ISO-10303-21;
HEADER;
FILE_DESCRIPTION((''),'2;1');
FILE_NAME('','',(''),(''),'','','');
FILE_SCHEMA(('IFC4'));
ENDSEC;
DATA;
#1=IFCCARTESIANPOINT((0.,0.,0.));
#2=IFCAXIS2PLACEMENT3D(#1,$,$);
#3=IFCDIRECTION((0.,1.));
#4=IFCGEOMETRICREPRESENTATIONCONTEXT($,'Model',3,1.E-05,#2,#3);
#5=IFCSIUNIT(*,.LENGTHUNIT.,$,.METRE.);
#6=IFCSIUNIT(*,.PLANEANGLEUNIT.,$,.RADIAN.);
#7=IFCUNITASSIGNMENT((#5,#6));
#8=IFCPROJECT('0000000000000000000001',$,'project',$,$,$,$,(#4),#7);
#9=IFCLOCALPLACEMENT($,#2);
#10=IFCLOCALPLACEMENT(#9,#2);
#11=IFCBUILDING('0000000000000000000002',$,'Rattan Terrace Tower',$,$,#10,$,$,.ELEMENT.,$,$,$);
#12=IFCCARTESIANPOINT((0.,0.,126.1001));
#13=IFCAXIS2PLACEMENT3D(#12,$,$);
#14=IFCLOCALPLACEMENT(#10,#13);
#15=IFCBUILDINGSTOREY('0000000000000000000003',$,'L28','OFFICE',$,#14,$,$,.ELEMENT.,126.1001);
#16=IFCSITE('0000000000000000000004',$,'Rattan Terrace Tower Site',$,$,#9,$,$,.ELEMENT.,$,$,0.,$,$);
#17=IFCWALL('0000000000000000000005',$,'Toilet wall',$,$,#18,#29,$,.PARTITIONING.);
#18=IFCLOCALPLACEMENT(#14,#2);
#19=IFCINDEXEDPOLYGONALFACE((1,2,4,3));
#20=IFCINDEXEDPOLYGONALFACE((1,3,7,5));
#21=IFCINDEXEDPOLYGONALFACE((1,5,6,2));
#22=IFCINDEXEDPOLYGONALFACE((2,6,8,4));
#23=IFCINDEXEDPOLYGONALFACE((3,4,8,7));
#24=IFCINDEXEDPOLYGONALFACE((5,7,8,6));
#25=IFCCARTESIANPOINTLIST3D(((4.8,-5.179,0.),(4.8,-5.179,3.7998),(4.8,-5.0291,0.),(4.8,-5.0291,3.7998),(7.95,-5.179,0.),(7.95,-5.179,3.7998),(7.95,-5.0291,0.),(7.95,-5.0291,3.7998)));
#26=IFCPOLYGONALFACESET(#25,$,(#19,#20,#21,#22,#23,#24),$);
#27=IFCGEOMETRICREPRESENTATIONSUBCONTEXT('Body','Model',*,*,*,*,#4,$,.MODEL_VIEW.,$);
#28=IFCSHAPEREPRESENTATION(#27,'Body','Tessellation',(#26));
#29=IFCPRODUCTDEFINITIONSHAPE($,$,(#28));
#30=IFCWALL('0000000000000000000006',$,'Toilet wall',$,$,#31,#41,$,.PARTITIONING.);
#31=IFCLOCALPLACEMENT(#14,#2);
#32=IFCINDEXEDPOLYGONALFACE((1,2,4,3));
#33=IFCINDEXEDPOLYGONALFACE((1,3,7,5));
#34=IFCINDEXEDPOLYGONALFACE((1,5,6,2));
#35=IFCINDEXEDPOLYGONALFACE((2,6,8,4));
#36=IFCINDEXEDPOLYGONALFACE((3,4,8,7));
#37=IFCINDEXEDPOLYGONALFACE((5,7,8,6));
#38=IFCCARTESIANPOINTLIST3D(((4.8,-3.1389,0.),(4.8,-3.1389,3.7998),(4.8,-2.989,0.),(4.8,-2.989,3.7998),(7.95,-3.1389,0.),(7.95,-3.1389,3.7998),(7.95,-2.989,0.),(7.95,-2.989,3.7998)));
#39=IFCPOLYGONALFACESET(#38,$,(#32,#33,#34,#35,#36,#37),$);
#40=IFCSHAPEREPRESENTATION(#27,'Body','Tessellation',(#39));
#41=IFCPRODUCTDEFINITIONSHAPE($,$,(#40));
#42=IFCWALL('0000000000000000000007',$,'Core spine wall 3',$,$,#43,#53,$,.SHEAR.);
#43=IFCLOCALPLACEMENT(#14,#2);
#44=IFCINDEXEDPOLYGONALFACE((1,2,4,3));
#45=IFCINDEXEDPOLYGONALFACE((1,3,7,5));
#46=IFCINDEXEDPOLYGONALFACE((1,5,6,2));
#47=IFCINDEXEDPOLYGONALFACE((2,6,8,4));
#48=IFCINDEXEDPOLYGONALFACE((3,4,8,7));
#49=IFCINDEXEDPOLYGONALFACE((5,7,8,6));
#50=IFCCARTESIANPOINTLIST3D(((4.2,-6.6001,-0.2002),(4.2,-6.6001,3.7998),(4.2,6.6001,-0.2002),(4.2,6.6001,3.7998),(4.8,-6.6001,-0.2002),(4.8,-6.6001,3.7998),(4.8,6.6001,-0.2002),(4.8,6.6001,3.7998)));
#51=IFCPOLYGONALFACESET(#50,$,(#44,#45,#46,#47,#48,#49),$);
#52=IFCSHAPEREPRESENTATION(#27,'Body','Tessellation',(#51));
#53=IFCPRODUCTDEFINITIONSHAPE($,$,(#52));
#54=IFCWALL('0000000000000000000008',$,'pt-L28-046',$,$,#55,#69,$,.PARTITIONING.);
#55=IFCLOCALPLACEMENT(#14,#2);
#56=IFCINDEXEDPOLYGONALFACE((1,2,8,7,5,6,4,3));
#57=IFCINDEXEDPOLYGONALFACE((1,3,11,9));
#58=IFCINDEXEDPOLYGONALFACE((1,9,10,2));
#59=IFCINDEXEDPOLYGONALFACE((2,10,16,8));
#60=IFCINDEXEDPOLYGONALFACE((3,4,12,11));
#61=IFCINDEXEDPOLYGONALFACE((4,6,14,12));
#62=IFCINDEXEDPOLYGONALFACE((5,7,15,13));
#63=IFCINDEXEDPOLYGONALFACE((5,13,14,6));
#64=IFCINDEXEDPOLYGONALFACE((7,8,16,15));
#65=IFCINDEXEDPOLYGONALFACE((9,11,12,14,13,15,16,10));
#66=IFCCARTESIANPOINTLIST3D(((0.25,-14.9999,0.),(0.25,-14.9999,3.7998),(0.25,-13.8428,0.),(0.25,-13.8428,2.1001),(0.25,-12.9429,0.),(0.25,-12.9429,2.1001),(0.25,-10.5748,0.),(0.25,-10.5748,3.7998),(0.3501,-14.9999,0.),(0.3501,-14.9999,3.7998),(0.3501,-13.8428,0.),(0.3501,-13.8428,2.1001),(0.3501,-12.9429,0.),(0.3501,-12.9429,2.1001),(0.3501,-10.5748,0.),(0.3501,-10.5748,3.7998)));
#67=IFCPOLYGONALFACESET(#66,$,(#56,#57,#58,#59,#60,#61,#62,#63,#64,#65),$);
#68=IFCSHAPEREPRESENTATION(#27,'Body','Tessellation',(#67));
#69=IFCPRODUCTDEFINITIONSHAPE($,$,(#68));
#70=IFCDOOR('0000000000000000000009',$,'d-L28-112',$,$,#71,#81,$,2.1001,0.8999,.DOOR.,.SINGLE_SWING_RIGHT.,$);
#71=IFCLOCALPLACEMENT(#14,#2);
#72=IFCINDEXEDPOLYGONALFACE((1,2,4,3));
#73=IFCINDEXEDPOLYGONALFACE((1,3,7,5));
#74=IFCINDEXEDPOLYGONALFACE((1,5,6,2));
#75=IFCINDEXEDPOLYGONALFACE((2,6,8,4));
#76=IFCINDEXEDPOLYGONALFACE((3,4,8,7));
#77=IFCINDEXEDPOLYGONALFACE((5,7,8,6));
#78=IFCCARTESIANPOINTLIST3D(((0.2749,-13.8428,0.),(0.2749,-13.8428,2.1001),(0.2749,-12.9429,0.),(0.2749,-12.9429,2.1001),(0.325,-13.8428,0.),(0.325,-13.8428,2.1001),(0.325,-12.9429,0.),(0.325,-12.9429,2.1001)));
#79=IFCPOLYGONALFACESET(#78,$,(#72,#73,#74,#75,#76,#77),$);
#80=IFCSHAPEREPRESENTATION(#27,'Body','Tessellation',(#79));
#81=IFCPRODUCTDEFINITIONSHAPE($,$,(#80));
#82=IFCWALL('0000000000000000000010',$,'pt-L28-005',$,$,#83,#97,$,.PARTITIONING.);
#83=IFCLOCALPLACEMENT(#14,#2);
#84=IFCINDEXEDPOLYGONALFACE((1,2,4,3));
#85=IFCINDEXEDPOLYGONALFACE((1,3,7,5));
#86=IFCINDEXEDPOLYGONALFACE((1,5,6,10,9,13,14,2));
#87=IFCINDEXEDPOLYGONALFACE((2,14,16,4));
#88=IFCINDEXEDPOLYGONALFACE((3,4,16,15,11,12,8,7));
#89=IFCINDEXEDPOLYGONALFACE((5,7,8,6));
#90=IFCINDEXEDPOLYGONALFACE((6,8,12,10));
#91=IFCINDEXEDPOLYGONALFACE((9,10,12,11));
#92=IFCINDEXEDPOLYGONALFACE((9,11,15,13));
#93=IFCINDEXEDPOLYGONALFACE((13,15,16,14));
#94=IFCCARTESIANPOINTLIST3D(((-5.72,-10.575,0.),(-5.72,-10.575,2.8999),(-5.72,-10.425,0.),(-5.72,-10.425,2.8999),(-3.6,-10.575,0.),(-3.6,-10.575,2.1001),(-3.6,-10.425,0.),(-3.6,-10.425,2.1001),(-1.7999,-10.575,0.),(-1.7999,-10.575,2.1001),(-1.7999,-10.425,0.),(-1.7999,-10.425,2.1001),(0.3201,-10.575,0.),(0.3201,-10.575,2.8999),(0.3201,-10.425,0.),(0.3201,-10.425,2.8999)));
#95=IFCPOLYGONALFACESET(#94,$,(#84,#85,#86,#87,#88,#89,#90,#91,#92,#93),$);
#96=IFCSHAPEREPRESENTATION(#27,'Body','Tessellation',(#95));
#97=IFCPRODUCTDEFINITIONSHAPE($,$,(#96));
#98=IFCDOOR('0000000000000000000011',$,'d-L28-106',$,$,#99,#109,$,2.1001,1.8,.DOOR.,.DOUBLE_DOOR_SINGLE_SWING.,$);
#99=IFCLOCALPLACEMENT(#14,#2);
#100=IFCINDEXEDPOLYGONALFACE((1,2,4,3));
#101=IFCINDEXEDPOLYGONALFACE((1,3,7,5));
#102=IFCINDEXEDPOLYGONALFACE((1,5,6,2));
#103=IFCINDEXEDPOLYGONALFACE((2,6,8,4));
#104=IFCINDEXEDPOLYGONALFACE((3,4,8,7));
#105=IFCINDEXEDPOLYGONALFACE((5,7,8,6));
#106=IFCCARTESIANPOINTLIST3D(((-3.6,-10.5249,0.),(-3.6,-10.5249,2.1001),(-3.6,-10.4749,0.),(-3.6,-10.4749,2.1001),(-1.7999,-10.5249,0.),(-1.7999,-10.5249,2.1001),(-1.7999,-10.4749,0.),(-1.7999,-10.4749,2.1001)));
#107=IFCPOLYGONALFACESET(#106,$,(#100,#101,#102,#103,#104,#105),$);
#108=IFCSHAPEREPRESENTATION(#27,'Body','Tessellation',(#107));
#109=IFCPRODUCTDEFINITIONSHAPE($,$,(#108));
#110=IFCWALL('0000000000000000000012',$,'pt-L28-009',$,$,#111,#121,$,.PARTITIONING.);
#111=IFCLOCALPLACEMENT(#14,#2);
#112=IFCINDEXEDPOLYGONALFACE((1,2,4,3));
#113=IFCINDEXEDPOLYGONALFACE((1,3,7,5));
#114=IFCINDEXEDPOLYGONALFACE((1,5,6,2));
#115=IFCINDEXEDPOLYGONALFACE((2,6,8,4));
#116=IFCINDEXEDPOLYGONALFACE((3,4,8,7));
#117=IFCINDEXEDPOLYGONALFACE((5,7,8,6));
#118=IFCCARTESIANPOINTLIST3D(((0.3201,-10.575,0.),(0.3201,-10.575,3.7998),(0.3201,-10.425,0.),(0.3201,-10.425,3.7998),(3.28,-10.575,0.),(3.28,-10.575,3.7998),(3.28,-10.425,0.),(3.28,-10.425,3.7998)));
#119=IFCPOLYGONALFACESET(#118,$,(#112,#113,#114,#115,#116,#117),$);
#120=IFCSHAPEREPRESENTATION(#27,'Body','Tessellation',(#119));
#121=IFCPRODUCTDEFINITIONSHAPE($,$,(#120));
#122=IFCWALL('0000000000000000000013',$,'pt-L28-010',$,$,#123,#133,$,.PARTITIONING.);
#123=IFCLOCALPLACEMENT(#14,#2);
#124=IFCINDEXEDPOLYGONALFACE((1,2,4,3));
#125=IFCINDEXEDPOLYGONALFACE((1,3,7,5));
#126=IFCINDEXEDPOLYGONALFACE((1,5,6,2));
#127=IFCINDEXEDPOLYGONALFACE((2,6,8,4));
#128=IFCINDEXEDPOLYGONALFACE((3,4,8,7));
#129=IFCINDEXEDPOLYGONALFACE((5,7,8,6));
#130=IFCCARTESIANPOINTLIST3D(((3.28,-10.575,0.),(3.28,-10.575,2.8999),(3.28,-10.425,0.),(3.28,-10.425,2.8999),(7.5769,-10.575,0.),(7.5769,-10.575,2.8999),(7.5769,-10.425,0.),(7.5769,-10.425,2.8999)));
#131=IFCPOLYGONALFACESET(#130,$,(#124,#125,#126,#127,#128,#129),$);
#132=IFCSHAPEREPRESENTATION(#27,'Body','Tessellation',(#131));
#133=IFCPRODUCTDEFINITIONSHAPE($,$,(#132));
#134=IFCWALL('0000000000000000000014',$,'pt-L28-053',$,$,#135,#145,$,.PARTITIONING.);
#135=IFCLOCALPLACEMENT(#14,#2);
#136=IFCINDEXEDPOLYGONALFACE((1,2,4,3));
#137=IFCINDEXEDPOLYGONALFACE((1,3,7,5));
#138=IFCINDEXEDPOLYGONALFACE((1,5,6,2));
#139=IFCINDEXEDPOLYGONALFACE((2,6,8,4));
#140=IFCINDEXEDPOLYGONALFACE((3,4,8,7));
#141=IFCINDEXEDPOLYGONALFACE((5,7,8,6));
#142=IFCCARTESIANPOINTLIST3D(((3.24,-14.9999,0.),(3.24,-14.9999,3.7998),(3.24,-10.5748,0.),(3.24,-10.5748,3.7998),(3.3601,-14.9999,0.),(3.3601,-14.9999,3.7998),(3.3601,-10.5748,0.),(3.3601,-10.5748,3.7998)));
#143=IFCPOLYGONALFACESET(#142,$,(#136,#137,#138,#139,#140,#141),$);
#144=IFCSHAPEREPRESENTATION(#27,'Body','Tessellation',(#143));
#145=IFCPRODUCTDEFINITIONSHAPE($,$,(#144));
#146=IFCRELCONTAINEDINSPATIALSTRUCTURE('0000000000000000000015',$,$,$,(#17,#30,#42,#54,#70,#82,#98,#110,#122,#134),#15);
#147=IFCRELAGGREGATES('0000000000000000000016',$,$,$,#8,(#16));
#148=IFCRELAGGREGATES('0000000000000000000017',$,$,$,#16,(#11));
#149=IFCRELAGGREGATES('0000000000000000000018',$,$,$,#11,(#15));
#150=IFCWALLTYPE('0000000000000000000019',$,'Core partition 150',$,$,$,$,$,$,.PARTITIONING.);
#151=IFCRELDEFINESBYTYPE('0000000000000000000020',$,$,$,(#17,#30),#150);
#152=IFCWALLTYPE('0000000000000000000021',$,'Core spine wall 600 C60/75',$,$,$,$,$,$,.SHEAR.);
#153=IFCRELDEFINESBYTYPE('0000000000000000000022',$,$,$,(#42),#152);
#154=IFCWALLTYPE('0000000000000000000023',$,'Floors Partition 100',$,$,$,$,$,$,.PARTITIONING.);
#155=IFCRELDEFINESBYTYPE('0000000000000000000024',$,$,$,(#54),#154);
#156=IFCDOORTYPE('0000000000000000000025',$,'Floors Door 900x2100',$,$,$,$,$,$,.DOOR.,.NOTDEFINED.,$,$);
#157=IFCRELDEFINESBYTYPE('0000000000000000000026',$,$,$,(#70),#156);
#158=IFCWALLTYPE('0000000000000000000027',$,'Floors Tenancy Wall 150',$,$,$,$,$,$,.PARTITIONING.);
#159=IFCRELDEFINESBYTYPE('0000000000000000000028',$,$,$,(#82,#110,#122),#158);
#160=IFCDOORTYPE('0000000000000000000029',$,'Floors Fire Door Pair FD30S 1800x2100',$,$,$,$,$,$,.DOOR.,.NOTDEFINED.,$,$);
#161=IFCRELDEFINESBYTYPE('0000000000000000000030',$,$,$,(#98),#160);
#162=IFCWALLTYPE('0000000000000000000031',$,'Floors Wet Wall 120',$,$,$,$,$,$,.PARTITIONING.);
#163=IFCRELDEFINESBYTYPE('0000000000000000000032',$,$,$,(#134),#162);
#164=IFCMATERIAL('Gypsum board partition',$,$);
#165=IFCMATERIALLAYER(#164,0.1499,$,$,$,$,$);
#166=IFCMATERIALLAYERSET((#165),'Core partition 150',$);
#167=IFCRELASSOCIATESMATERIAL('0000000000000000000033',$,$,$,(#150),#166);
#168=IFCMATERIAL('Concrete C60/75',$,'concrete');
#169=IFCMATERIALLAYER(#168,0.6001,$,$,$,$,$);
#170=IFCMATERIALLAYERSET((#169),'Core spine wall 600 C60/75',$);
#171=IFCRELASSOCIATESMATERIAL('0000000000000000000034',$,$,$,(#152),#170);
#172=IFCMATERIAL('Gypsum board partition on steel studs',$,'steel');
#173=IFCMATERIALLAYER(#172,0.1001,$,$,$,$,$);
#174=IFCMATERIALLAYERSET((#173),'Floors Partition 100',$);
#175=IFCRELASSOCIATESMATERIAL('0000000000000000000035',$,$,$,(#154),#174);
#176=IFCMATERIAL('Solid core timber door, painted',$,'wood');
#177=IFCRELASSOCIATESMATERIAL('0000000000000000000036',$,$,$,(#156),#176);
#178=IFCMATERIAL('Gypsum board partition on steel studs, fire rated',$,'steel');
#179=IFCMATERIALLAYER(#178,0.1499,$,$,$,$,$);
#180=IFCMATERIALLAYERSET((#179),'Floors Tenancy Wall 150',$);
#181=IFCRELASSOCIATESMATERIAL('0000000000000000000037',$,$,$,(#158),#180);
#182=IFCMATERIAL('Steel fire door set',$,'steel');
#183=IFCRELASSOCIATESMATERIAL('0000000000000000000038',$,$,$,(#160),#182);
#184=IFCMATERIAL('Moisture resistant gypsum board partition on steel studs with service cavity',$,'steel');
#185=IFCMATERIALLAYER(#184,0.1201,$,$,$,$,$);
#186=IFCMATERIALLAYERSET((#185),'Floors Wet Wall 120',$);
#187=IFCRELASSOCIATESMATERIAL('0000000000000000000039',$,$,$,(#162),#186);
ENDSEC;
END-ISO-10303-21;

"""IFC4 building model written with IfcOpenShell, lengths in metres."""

from ifc_helpers import new_model, si_unit, direction, frame, frame_2d, origin, place, context, subcontext, project, spatial, rectangle, extrude, material, layer, layer_set, type_object, element, fill, save


model = new_model("IFC4")

# Units and contexts
model_context = context("Model", 3, precision=1e-05, world=origin(), true_north=direction((0.0, 1.0)))
body_context = subcontext(model_context, "Body", "Model", "MODEL_VIEW")
ifc_project = project(units=[si_unit("LENGTHUNIT", "METRE"), si_unit("PLANEANGLEUNIT", "RADIAN")], contexts=[model_context])

# Site, building, storey
site_placement = place(None, origin())
site = spatial("IfcSite", under=ifc_project, at=site_placement, Name="Rattan Terrace Tower Site", CompositionType="ELEMENT", RefElevation=0.0)
building_placement = place(site_placement, origin())
building = spatial("IfcBuilding", under=site, at=building_placement, Name="Rattan Terrace Tower", CompositionType="ELEMENT")
storey_placement = place(building_placement, frame((0.0, 0.0, 126.1001)))
storey = spatial("IfcBuildingStorey", under=building, at=storey_placement, Name="L28", Description="OFFICE", CompositionType="ELEMENT", Elevation=126.1001)

# Walls
ifc_material_1 = material(Name="Gypsum board partition")
ifc_layer_1 = layer(ifc_material_1, 0.1499)
ifc_layer_set_1 = layer_set([ifc_layer_1], Name="Core partition 150")
wall_type_1 = type_object("IfcWallType", Name="Core partition 150", PredefinedType="PARTITIONING", material=ifc_layer_set_1)
for number, where, z_axis, x_axis, name in (
    (1, (4.8, -5.104, 0.0), (0.0, 0.0, 1.0), (1.0, 0.0, 0.0), "Toilet wall"),
    (2, (4.8, -3.064, 0.0), (0.0, 0.0, 1.0), (1.0, 0.0, 0.0), "Toilet wall"),
):
    element("IfcWall", number, at=place(storey_placement, frame(where, z_axis=z_axis, x_axis=x_axis)), inside=storey, type_object=wall_type_1, Name=name, PredefinedType="PARTITIONING", context=body_context, shape_type="SweptSolid", body=[
        extrude(rectangle(XDim=3.1499, YDim=0.1499, at=frame_2d((1.575, 0.0))), origin(), (0.0, 0.0, 1.0), 3.7998),
    ])
ifc_material_2 = material(Name="Concrete C60/75", Category="concrete")
ifc_layer_2 = layer(ifc_material_2, 0.6001)
ifc_layer_set_2 = layer_set([ifc_layer_2], Name="Core spine wall 600 C60/75")
wall_type_2 = type_object("IfcWallType", Name="Core spine wall 600 C60/75", PredefinedType="SHEAR", material=ifc_layer_set_2)
wall_1_placement = place(storey_placement, frame((4.5, -6.6001, -0.2002), z_axis=(0.0, 0.0, 1.0), x_axis=(0.0, 1.0, 0.0)))
element("IfcWall", 3, at=wall_1_placement, inside=storey, type_object=wall_type_2, Name="Core spine wall 3", PredefinedType="SHEAR", context=body_context, shape_type="SweptSolid", body=[
    extrude(rectangle(XDim=13.2002, YDim=0.6001, at=frame_2d((6.6001, 0.0))), origin(), (0.0, 0.0, 1.0), 4.0),
])

# Walls, openings, doors
ifc_material_3 = material(Name="Gypsum board partition on steel studs", Category="steel")
ifc_layer_3 = layer(ifc_material_3, 0.1001)
ifc_layer_set_3 = layer_set([ifc_layer_3], Name="Floors Partition 100")
wall_type_3 = type_object("IfcWallType", Name="Floors Partition 100", PredefinedType="PARTITIONING", material=ifc_layer_set_3)
wall_2_placement = place(storey_placement, frame((0.3, -10.575, 0.0), z_axis=(0.0, 0.0, 1.0), x_axis=(0.0, -1.0, 0.0)))
wall_2 = element("IfcWall", 4, at=wall_2_placement, inside=storey, type_object=wall_type_3, Name="pt-L28-046", PredefinedType="PARTITIONING", context=body_context, shape_type="SweptSolid", body=[
    extrude(rectangle(XDim=4.425, YDim=0.1001, at=frame_2d((2.2124, 0.0))), origin(), (0.0, 0.0, 1.0), 3.7998),
])
opening_1_placement = place(wall_2_placement, frame((2.3679, 0.0, 0.0)))
opening_1 = element("IfcOpeningElement", 5, at=opening_1_placement, cuts=wall_2, PredefinedType="OPENING", context=body_context, shape_type="SweptSolid", body=[
    extrude(rectangle(XDim=0.8999, YDim=2.1001, at=frame_2d((0.45, 1.05))), frame((0.0, 0.0605, 0.0), z_axis=(0.0, -1.0, 0.0), x_axis=(1.0, 0.0, 0.0)), (0.0, 0.0, 1.0), 0.1211),
])
ifc_material_4 = material(Name="Solid core timber door, painted", Category="wood")
door_type_1 = type_object("IfcDoorType", Name="Floors Door 900x2100", OperationType="NOTDEFINED", PredefinedType="DOOR", material=ifc_material_4)
door_1_placement = place(opening_1_placement, origin())
door_1 = element("IfcDoor", 6, at=door_1_placement, inside=storey, type_object=door_type_1, Name="d-L28-112", OperationType="SINGLE_SWING_RIGHT", OverallHeight=2.1001, OverallWidth=0.8999, PredefinedType="DOOR", context=body_context, shape_type="SweptSolid", body=[
    extrude(rectangle(XDim=0.8999, YDim=2.1001, at=frame_2d((0.45, 1.05))), frame((0.0, 0.0249, 0.0), z_axis=(0.0, -1.0, 0.0), x_axis=(1.0, 0.0, 0.0)), (0.0, 0.0, 1.0), 0.05),
])
fill(opening_1, door_1)
ifc_material_5 = material(Name="Gypsum board partition on steel studs, fire rated", Category="steel")
ifc_layer_4 = layer(ifc_material_5, 0.1499)
ifc_layer_set_4 = layer_set([ifc_layer_4], Name="Floors Tenancy Wall 150")
wall_type_4 = type_object("IfcWallType", Name="Floors Tenancy Wall 150", PredefinedType="PARTITIONING", material=ifc_layer_set_4)
wall_3_placement = place(storey_placement, frame((0.3201, -10.5, 0.0), z_axis=(0.0, 0.0, 1.0), x_axis=(-1.0, 0.0, 0.0)))
wall_3 = element("IfcWall", 7, at=wall_3_placement, inside=storey, type_object=wall_type_4, Name="pt-L28-005", PredefinedType="PARTITIONING", context=body_context, shape_type="SweptSolid", body=[
    extrude(rectangle(XDim=6.04, YDim=0.1499, at=frame_2d((3.02, 0.0))), origin(), (0.0, 0.0, 1.0), 2.8999),
])
opening_2_placement = place(wall_3_placement, frame((2.1201, 0.0, 0.0)))
opening_2 = element("IfcOpeningElement", 8, at=opening_2_placement, cuts=wall_3, PredefinedType="OPENING", context=body_context, shape_type="SweptSolid", body=[
    extrude(rectangle(XDim=1.8, YDim=2.1001, at=frame_2d((0.8999, 1.05))), frame((0.0, 0.0854, 0.0), z_axis=(0.0, -1.0, 0.0), x_axis=(1.0, 0.0, 0.0)), (0.0, 0.0, 1.0), 0.1709),
])
ifc_material_6 = material(Name="Steel fire door set", Category="steel")
door_type_2 = type_object("IfcDoorType", Name="Floors Fire Door Pair FD30S 1800x2100", OperationType="NOTDEFINED", PredefinedType="DOOR", material=ifc_material_6)
door_2_placement = place(opening_2_placement, origin())
door_2 = element("IfcDoor", 9, at=door_2_placement, inside=storey, type_object=door_type_2, Name="d-L28-106", OperationType="DOUBLE_DOOR_SINGLE_SWING", OverallHeight=2.1001, OverallWidth=1.8, PredefinedType="DOOR", context=body_context, shape_type="SweptSolid", body=[
    extrude(rectangle(XDim=1.8, YDim=2.1001, at=frame_2d((0.8999, 1.05))), frame((0.0, 0.0249, 0.0), z_axis=(0.0, -1.0, 0.0), x_axis=(1.0, 0.0, 0.0)), (0.0, 0.0, 1.0), 0.05),
])
fill(opening_2, door_2)

# Walls
wall_4_placement = place(storey_placement, frame((3.28, -10.5, 0.0), z_axis=(0.0, 0.0, 1.0), x_axis=(-1.0, 0.0, 0.0)))
element("IfcWall", 10, at=wall_4_placement, inside=storey, type_object=wall_type_4, Name="pt-L28-009", PredefinedType="PARTITIONING", context=body_context, shape_type="SweptSolid", body=[
    extrude(rectangle(XDim=2.96, YDim=0.1499, at=frame_2d((1.48, 0.0))), origin(), (0.0, 0.0, 1.0), 3.7998),
])
wall_5_placement = place(storey_placement, frame((7.5769, -10.5, 0.0), z_axis=(0.0, 0.0, 1.0), x_axis=(-1.0, 0.0, 0.0)))
element("IfcWall", 11, at=wall_5_placement, inside=storey, type_object=wall_type_4, Name="pt-L28-010", PredefinedType="PARTITIONING", context=body_context, shape_type="SweptSolid", body=[
    extrude(rectangle(XDim=4.2969, YDim=0.1499, at=frame_2d((2.1484, 0.0))), origin(), (0.0, 0.0, 1.0), 2.8999),
])
ifc_material_7 = material(Name="Moisture resistant gypsum board partition on steel studs with service cavity", Category="steel")
ifc_layer_5 = layer(ifc_material_7, 0.1201)
ifc_layer_set_5 = layer_set([ifc_layer_5], Name="Floors Wet Wall 120")
wall_type_5 = type_object("IfcWallType", Name="Floors Wet Wall 120", PredefinedType="PARTITIONING", material=ifc_layer_set_5)
wall_6_placement = place(storey_placement, frame((3.3, -10.575, 0.0), z_axis=(0.0, 0.0, 1.0), x_axis=(0.0, -1.0, 0.0)))
element("IfcWall", 12, at=wall_6_placement, inside=storey, type_object=wall_type_5, Name="pt-L28-053", PredefinedType="PARTITIONING", context=body_context, shape_type="SweptSolid", body=[
    extrude(rectangle(XDim=4.425, YDim=0.1201, at=frame_2d((2.2124, 0.0))), origin(), (0.0, 0.0, 1.0), 3.7998),
])

save(model, "model.ifc")
